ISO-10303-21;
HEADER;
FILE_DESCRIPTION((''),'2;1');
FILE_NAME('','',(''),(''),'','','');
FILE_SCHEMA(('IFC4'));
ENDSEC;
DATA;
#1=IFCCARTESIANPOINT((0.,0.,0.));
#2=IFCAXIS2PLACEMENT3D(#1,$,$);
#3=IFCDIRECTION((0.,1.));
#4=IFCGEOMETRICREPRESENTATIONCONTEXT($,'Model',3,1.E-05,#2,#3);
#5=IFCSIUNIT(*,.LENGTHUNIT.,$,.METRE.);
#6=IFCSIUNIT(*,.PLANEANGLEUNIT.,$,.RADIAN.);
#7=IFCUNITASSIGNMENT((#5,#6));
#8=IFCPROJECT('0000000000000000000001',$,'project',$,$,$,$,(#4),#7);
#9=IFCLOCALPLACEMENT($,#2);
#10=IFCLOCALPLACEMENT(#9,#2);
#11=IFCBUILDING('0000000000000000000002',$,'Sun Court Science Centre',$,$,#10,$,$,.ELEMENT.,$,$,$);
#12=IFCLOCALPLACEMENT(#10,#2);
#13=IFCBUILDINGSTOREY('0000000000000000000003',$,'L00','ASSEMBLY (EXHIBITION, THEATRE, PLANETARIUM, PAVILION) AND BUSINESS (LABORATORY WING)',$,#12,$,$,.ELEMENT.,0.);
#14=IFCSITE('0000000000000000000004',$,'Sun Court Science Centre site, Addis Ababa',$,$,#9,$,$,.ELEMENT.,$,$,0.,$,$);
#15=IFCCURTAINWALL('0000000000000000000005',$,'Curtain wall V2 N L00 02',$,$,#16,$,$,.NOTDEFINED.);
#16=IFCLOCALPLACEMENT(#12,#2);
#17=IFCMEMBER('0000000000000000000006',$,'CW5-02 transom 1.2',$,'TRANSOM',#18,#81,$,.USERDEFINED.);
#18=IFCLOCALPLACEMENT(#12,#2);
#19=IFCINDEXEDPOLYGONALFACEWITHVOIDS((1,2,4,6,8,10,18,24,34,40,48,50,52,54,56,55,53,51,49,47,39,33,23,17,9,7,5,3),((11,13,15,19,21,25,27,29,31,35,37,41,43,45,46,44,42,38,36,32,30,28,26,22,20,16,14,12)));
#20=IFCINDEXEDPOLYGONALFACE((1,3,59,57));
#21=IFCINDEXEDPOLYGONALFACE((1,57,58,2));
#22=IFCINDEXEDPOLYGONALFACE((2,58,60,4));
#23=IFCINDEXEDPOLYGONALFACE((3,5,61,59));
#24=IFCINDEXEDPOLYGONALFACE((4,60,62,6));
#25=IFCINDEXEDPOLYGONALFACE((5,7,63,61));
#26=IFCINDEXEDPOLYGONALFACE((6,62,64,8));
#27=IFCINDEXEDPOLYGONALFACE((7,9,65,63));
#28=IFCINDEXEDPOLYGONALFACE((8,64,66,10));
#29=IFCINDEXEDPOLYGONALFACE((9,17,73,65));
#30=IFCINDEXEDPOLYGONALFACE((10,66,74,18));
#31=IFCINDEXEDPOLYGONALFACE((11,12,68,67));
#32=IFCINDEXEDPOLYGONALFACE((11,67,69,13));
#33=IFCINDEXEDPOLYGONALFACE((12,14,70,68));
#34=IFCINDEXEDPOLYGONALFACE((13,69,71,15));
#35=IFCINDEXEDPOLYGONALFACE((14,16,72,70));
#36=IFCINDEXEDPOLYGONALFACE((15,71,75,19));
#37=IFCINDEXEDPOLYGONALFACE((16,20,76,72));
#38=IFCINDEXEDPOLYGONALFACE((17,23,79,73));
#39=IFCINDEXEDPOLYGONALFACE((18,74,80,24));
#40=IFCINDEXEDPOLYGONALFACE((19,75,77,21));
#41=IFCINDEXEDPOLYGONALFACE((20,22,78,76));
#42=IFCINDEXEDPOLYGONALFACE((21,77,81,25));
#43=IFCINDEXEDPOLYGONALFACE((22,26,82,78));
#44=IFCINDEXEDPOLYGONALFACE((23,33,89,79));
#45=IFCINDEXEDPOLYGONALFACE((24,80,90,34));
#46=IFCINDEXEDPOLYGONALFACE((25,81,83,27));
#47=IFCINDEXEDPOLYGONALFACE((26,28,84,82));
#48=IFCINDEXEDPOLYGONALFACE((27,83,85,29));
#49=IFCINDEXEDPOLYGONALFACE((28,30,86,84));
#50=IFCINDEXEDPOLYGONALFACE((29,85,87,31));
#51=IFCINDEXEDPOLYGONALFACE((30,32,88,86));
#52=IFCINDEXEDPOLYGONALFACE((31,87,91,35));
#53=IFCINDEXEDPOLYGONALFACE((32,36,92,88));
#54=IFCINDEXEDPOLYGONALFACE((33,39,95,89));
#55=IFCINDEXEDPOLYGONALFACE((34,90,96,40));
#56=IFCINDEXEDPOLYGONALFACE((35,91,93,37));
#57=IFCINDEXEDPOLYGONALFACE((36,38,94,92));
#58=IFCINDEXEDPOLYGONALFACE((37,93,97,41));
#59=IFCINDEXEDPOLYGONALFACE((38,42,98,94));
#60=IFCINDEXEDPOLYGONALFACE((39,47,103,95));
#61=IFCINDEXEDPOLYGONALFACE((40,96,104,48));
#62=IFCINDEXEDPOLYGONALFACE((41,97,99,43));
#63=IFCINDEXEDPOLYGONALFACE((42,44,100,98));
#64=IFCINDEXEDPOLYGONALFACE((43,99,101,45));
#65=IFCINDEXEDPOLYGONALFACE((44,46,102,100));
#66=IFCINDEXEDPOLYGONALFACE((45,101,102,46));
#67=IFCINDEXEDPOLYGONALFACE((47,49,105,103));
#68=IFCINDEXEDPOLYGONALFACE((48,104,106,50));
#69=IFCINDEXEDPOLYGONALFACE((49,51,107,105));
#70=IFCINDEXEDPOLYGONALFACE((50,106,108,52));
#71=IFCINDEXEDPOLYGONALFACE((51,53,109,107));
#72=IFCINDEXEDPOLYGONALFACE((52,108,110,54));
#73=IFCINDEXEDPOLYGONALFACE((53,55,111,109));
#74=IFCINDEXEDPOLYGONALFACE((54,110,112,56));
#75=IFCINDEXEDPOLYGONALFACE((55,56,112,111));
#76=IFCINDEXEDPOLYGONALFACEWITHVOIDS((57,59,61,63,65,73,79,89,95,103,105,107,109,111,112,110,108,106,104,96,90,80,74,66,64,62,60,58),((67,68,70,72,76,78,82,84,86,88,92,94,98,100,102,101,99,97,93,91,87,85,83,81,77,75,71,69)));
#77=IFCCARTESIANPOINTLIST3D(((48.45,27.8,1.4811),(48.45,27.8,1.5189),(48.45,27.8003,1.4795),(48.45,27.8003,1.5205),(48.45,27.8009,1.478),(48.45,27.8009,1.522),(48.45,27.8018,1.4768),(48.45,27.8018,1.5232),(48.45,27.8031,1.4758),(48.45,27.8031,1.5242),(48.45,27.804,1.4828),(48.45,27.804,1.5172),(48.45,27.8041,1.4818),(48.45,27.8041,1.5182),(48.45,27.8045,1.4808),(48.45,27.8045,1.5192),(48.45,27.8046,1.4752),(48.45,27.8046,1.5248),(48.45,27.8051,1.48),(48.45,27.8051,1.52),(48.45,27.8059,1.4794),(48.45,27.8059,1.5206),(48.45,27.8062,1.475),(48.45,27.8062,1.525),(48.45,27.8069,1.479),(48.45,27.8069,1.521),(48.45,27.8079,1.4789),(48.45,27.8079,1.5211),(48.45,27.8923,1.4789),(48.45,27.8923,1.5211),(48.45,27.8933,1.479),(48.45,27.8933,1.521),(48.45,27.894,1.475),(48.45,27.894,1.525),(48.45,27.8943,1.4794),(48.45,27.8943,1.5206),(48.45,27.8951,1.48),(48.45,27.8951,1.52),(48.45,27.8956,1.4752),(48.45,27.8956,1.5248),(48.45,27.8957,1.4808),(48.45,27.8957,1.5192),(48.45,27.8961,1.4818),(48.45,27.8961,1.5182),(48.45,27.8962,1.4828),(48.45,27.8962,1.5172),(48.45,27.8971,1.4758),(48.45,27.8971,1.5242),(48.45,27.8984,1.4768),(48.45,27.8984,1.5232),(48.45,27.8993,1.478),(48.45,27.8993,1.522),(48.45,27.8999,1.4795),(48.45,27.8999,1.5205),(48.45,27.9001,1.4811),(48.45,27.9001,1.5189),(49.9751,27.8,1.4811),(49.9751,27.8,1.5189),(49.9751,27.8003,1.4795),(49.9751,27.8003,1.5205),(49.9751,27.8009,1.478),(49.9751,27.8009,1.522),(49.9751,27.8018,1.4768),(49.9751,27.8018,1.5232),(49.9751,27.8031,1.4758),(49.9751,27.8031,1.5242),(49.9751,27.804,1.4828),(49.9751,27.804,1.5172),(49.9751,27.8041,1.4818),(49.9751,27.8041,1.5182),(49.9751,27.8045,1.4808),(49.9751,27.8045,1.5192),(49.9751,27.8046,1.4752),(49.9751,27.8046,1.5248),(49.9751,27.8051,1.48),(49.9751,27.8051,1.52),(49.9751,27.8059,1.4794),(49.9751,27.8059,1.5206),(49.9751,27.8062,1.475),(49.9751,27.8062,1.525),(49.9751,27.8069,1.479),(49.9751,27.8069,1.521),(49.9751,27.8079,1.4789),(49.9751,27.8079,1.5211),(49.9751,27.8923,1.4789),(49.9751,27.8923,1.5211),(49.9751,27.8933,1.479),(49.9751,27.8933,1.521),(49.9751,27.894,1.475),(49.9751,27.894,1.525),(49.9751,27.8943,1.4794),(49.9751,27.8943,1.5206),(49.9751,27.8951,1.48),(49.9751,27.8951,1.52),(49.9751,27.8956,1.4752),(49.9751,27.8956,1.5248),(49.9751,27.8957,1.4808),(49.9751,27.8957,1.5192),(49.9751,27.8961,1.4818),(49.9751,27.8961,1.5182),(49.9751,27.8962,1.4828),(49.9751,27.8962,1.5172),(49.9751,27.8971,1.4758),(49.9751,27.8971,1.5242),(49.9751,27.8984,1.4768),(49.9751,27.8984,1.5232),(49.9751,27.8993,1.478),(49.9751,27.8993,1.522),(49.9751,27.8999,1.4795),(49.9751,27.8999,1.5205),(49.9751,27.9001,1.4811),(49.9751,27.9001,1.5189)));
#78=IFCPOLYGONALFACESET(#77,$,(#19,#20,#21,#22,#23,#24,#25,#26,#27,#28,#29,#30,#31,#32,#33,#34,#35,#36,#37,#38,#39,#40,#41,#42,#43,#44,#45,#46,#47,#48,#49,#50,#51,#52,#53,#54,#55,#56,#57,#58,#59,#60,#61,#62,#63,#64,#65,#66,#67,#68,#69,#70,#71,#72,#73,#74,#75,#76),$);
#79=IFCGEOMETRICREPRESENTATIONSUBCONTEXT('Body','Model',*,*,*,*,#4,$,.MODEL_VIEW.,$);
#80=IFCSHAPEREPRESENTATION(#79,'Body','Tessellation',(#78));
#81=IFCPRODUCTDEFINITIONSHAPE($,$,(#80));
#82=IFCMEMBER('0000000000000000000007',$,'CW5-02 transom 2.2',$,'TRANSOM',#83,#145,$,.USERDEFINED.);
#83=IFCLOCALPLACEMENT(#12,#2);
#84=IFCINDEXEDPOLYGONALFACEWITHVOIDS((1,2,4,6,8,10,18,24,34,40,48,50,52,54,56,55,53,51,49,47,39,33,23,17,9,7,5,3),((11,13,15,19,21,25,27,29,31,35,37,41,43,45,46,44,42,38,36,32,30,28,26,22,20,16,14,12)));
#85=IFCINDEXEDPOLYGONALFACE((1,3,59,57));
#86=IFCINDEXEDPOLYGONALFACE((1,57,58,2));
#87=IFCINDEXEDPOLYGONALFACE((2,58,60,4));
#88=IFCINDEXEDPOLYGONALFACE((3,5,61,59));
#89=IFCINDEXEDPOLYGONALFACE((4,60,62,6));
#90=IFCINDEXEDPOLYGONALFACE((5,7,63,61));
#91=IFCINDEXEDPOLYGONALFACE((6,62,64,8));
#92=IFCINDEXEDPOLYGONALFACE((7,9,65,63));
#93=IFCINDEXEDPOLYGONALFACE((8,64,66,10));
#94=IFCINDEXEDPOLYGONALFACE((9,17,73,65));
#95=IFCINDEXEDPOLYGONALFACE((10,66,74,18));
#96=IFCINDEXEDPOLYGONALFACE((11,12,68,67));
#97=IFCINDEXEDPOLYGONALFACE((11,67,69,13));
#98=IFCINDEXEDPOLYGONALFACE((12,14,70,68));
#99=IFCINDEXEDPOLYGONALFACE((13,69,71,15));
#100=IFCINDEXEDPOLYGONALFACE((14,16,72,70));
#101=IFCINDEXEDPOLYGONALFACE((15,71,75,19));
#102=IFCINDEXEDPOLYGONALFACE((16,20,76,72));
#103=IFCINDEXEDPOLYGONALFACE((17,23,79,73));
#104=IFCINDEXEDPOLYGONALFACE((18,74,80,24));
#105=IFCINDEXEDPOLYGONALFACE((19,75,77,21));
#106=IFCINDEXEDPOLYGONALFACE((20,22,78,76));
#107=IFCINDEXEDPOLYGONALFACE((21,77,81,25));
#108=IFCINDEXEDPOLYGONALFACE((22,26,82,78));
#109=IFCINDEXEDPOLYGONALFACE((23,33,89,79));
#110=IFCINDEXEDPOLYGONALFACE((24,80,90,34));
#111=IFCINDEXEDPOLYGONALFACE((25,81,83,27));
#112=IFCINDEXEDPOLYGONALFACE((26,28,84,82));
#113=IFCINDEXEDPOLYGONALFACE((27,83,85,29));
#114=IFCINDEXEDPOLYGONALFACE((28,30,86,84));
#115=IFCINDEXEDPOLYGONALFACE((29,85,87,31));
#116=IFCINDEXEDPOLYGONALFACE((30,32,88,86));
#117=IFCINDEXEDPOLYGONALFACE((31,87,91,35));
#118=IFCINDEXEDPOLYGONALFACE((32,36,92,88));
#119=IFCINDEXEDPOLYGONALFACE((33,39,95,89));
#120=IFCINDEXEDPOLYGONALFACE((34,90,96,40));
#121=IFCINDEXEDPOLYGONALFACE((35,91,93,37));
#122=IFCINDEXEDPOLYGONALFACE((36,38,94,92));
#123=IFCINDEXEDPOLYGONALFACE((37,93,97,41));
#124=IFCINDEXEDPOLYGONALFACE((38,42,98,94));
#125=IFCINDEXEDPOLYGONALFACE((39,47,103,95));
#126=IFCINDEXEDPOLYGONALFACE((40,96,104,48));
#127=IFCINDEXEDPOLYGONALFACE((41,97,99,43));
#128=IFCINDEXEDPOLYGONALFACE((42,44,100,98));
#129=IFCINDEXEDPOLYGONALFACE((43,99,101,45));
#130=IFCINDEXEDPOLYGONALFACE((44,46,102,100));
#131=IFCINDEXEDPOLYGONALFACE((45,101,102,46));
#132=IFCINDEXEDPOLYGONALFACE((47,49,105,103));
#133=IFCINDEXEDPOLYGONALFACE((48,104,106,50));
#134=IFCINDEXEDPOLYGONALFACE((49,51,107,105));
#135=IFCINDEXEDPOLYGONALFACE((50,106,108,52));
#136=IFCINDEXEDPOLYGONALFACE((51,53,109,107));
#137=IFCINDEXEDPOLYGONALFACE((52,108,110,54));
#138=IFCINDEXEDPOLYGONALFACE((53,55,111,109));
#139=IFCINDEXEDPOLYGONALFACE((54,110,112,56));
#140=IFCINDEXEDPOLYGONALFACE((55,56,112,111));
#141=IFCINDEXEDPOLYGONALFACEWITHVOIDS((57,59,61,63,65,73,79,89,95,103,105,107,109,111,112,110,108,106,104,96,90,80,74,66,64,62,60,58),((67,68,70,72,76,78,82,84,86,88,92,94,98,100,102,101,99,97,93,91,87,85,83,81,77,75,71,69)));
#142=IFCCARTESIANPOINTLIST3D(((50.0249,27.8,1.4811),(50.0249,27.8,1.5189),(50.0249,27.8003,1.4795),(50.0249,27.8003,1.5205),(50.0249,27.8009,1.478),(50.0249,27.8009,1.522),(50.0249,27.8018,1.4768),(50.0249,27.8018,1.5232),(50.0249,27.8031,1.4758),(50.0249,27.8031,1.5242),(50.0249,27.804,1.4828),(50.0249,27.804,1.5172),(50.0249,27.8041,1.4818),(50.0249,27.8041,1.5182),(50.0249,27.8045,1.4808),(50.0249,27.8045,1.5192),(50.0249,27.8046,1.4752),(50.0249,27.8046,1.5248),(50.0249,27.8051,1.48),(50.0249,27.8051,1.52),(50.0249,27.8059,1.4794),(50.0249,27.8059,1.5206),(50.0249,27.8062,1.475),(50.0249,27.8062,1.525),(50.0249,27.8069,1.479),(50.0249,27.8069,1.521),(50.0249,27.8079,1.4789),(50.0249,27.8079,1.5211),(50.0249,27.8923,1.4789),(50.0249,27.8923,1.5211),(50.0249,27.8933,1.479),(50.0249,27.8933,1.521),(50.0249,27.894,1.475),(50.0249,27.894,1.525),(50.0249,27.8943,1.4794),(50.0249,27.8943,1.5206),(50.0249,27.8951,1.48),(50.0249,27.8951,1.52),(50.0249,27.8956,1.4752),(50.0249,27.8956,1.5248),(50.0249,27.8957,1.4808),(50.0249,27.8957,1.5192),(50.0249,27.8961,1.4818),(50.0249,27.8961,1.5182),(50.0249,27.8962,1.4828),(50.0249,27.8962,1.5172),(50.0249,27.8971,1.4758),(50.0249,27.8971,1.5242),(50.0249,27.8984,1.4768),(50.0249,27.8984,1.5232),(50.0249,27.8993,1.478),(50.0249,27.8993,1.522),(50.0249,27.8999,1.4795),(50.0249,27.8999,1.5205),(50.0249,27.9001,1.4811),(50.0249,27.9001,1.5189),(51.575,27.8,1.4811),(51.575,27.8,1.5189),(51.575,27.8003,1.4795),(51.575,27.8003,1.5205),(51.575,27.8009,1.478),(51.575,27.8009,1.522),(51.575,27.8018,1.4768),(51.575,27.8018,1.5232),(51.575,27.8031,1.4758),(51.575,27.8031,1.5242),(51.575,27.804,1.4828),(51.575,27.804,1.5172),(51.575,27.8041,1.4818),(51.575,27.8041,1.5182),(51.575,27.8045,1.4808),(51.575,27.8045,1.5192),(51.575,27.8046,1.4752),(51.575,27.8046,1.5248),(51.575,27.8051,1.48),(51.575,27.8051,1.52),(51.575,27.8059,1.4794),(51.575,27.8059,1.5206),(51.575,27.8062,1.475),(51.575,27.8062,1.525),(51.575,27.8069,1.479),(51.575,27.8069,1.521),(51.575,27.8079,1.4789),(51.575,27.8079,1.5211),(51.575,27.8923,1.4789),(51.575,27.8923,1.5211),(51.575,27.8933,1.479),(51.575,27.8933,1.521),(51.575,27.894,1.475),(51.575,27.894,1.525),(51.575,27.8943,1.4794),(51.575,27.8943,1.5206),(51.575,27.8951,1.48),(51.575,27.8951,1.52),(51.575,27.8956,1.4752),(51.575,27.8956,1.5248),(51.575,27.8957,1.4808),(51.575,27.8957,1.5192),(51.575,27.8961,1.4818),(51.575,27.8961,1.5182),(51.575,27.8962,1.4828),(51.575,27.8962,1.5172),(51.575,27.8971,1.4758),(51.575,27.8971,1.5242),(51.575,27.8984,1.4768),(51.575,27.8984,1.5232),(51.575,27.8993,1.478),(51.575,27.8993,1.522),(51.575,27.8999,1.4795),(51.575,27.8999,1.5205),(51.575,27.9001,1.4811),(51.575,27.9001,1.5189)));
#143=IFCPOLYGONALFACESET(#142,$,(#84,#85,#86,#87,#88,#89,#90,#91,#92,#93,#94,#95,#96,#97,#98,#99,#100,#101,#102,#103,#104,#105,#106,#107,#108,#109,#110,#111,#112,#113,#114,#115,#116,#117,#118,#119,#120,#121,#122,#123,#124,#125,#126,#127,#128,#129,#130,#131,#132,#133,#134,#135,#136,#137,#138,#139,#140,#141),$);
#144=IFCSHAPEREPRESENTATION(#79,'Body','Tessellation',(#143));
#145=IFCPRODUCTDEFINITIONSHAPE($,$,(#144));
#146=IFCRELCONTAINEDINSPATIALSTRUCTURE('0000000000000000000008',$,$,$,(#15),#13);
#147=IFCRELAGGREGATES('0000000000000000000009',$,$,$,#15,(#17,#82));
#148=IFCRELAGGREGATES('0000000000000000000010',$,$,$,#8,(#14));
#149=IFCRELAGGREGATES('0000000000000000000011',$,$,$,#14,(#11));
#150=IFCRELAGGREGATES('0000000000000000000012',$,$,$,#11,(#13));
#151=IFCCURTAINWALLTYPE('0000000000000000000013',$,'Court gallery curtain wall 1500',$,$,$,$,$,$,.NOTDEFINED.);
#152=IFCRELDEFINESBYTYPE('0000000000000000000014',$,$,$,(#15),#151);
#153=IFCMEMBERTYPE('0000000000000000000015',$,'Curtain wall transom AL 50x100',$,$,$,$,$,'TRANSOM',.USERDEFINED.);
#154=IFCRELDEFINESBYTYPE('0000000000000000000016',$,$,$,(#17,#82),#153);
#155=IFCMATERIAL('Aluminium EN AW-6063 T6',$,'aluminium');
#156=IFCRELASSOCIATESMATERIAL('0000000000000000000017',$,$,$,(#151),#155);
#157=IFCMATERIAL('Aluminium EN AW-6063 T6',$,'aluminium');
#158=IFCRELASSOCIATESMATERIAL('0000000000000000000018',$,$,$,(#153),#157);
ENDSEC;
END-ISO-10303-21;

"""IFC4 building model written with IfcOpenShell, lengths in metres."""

from ifc_helpers import new_model, si_unit, direction, frame, origin, origin_2d, place, context, subcontext, project, spatial, hollow_rectangle, extrude, material, material_profile, profile_set, type_object, element, aggregate, save


model = new_model("IFC4")

# Units and contexts
model_context = context("Model", 3, precision=1e-05, world=origin(), true_north=direction((0.0, 1.0)))
body_context = subcontext(model_context, "Body", "Model", "MODEL_VIEW")
ifc_project = project(units=[si_unit("LENGTHUNIT", "METRE"), si_unit("PLANEANGLEUNIT", "RADIAN")], contexts=[model_context])

# Site, building, storey
site_placement = place(None, origin())
site = spatial("IfcSite", under=ifc_project, at=site_placement, Name="Sun Court Science Centre site, Addis Ababa", CompositionType="ELEMENT", RefElevation=0.0)
building_placement = place(site_placement, origin())
building = spatial("IfcBuilding", under=site, at=building_placement, Name="Sun Court Science Centre", CompositionType="ELEMENT")
storey_placement = place(building_placement, origin())
storey = spatial("IfcBuildingStorey", under=building, at=storey_placement, Name="L00", Description="ASSEMBLY (EXHIBITION, THEATRE, PLANETARIUM, PAVILION) AND BUSINESS (LABORATORY WING)", CompositionType="ELEMENT", Elevation=0.0)

# Curtain wall, members
ifc_material_1 = material(Name="Aluminium EN AW-6063 T6", Category="aluminium")
curtain_wall_type = type_object("IfcCurtainWallType", Name="Court gallery curtain wall 1500", PredefinedType="NOTDEFINED", material=ifc_material_1)
curtain_wall_placement = place(storey_placement, origin())
curtain_wall = element("IfcCurtainWall", 1, at=curtain_wall_placement, inside=storey, type_object=curtain_wall_type, Name="Curtain wall V2 N L00 02", PredefinedType="NOTDEFINED")
ifc_material_2 = material(Name="Aluminium EN AW-6063 T6", Category="aluminium")
ifc_material_profile_1 = material_profile(ifc_material_2, hollow_rectangle(XDim=0.05, YDim=0.1001, WallThickness=0.0039, InnerFilletRadius=0.0039, OuterFilletRadius=0.0061, at=origin_2d()), Name="AL 50x100x4")
ifc_profile_set_1 = profile_set([ifc_material_profile_1], Name="Aluminium EN AW-6063 T6")
member_type_1 = type_object("IfcMemberType", Name="Curtain wall transom AL 50x100", ElementType="TRANSOM", PredefinedType="USERDEFINED", material=ifc_profile_set_1)
member_1_placement = place(storey_placement, frame((48.45, 27.8501, 1.5), z_axis=(1.0, 0.0, 0.0), x_axis=(0.0, 0.0, 1.0)))
member_1 = element("IfcMember", 2, at=member_1_placement, type_object=member_type_1, Name="CW5-02 transom 1.2", ObjectType="TRANSOM", PredefinedType="USERDEFINED", context=body_context, shape_type="SweptSolid", body=[
    extrude(hollow_rectangle(XDim=0.05, YDim=0.1001, WallThickness=0.0039, InnerFilletRadius=0.0039, OuterFilletRadius=0.0061, at=origin_2d()), origin(), (0.0, 0.0, 1.0), 1.5251),
])
member_2_placement = place(storey_placement, frame((50.0249, 27.8501, 1.5), z_axis=(1.0, 0.0, 0.0), x_axis=(0.0, 0.0, 1.0)))
member_2 = element("IfcMember", 3, at=member_2_placement, type_object=member_type_1, Name="CW5-02 transom 2.2", ObjectType="TRANSOM", PredefinedType="USERDEFINED", context=body_context, shape_type="SweptSolid", body=[
    extrude(hollow_rectangle(XDim=0.05, YDim=0.1001, WallThickness=0.0039, InnerFilletRadius=0.0039, OuterFilletRadius=0.0061, at=origin_2d()), origin(), (0.0, 0.0, 1.0), 1.55),
])
aggregate(curtain_wall, [member_1, member_2])

save(model, "model.ifc")
